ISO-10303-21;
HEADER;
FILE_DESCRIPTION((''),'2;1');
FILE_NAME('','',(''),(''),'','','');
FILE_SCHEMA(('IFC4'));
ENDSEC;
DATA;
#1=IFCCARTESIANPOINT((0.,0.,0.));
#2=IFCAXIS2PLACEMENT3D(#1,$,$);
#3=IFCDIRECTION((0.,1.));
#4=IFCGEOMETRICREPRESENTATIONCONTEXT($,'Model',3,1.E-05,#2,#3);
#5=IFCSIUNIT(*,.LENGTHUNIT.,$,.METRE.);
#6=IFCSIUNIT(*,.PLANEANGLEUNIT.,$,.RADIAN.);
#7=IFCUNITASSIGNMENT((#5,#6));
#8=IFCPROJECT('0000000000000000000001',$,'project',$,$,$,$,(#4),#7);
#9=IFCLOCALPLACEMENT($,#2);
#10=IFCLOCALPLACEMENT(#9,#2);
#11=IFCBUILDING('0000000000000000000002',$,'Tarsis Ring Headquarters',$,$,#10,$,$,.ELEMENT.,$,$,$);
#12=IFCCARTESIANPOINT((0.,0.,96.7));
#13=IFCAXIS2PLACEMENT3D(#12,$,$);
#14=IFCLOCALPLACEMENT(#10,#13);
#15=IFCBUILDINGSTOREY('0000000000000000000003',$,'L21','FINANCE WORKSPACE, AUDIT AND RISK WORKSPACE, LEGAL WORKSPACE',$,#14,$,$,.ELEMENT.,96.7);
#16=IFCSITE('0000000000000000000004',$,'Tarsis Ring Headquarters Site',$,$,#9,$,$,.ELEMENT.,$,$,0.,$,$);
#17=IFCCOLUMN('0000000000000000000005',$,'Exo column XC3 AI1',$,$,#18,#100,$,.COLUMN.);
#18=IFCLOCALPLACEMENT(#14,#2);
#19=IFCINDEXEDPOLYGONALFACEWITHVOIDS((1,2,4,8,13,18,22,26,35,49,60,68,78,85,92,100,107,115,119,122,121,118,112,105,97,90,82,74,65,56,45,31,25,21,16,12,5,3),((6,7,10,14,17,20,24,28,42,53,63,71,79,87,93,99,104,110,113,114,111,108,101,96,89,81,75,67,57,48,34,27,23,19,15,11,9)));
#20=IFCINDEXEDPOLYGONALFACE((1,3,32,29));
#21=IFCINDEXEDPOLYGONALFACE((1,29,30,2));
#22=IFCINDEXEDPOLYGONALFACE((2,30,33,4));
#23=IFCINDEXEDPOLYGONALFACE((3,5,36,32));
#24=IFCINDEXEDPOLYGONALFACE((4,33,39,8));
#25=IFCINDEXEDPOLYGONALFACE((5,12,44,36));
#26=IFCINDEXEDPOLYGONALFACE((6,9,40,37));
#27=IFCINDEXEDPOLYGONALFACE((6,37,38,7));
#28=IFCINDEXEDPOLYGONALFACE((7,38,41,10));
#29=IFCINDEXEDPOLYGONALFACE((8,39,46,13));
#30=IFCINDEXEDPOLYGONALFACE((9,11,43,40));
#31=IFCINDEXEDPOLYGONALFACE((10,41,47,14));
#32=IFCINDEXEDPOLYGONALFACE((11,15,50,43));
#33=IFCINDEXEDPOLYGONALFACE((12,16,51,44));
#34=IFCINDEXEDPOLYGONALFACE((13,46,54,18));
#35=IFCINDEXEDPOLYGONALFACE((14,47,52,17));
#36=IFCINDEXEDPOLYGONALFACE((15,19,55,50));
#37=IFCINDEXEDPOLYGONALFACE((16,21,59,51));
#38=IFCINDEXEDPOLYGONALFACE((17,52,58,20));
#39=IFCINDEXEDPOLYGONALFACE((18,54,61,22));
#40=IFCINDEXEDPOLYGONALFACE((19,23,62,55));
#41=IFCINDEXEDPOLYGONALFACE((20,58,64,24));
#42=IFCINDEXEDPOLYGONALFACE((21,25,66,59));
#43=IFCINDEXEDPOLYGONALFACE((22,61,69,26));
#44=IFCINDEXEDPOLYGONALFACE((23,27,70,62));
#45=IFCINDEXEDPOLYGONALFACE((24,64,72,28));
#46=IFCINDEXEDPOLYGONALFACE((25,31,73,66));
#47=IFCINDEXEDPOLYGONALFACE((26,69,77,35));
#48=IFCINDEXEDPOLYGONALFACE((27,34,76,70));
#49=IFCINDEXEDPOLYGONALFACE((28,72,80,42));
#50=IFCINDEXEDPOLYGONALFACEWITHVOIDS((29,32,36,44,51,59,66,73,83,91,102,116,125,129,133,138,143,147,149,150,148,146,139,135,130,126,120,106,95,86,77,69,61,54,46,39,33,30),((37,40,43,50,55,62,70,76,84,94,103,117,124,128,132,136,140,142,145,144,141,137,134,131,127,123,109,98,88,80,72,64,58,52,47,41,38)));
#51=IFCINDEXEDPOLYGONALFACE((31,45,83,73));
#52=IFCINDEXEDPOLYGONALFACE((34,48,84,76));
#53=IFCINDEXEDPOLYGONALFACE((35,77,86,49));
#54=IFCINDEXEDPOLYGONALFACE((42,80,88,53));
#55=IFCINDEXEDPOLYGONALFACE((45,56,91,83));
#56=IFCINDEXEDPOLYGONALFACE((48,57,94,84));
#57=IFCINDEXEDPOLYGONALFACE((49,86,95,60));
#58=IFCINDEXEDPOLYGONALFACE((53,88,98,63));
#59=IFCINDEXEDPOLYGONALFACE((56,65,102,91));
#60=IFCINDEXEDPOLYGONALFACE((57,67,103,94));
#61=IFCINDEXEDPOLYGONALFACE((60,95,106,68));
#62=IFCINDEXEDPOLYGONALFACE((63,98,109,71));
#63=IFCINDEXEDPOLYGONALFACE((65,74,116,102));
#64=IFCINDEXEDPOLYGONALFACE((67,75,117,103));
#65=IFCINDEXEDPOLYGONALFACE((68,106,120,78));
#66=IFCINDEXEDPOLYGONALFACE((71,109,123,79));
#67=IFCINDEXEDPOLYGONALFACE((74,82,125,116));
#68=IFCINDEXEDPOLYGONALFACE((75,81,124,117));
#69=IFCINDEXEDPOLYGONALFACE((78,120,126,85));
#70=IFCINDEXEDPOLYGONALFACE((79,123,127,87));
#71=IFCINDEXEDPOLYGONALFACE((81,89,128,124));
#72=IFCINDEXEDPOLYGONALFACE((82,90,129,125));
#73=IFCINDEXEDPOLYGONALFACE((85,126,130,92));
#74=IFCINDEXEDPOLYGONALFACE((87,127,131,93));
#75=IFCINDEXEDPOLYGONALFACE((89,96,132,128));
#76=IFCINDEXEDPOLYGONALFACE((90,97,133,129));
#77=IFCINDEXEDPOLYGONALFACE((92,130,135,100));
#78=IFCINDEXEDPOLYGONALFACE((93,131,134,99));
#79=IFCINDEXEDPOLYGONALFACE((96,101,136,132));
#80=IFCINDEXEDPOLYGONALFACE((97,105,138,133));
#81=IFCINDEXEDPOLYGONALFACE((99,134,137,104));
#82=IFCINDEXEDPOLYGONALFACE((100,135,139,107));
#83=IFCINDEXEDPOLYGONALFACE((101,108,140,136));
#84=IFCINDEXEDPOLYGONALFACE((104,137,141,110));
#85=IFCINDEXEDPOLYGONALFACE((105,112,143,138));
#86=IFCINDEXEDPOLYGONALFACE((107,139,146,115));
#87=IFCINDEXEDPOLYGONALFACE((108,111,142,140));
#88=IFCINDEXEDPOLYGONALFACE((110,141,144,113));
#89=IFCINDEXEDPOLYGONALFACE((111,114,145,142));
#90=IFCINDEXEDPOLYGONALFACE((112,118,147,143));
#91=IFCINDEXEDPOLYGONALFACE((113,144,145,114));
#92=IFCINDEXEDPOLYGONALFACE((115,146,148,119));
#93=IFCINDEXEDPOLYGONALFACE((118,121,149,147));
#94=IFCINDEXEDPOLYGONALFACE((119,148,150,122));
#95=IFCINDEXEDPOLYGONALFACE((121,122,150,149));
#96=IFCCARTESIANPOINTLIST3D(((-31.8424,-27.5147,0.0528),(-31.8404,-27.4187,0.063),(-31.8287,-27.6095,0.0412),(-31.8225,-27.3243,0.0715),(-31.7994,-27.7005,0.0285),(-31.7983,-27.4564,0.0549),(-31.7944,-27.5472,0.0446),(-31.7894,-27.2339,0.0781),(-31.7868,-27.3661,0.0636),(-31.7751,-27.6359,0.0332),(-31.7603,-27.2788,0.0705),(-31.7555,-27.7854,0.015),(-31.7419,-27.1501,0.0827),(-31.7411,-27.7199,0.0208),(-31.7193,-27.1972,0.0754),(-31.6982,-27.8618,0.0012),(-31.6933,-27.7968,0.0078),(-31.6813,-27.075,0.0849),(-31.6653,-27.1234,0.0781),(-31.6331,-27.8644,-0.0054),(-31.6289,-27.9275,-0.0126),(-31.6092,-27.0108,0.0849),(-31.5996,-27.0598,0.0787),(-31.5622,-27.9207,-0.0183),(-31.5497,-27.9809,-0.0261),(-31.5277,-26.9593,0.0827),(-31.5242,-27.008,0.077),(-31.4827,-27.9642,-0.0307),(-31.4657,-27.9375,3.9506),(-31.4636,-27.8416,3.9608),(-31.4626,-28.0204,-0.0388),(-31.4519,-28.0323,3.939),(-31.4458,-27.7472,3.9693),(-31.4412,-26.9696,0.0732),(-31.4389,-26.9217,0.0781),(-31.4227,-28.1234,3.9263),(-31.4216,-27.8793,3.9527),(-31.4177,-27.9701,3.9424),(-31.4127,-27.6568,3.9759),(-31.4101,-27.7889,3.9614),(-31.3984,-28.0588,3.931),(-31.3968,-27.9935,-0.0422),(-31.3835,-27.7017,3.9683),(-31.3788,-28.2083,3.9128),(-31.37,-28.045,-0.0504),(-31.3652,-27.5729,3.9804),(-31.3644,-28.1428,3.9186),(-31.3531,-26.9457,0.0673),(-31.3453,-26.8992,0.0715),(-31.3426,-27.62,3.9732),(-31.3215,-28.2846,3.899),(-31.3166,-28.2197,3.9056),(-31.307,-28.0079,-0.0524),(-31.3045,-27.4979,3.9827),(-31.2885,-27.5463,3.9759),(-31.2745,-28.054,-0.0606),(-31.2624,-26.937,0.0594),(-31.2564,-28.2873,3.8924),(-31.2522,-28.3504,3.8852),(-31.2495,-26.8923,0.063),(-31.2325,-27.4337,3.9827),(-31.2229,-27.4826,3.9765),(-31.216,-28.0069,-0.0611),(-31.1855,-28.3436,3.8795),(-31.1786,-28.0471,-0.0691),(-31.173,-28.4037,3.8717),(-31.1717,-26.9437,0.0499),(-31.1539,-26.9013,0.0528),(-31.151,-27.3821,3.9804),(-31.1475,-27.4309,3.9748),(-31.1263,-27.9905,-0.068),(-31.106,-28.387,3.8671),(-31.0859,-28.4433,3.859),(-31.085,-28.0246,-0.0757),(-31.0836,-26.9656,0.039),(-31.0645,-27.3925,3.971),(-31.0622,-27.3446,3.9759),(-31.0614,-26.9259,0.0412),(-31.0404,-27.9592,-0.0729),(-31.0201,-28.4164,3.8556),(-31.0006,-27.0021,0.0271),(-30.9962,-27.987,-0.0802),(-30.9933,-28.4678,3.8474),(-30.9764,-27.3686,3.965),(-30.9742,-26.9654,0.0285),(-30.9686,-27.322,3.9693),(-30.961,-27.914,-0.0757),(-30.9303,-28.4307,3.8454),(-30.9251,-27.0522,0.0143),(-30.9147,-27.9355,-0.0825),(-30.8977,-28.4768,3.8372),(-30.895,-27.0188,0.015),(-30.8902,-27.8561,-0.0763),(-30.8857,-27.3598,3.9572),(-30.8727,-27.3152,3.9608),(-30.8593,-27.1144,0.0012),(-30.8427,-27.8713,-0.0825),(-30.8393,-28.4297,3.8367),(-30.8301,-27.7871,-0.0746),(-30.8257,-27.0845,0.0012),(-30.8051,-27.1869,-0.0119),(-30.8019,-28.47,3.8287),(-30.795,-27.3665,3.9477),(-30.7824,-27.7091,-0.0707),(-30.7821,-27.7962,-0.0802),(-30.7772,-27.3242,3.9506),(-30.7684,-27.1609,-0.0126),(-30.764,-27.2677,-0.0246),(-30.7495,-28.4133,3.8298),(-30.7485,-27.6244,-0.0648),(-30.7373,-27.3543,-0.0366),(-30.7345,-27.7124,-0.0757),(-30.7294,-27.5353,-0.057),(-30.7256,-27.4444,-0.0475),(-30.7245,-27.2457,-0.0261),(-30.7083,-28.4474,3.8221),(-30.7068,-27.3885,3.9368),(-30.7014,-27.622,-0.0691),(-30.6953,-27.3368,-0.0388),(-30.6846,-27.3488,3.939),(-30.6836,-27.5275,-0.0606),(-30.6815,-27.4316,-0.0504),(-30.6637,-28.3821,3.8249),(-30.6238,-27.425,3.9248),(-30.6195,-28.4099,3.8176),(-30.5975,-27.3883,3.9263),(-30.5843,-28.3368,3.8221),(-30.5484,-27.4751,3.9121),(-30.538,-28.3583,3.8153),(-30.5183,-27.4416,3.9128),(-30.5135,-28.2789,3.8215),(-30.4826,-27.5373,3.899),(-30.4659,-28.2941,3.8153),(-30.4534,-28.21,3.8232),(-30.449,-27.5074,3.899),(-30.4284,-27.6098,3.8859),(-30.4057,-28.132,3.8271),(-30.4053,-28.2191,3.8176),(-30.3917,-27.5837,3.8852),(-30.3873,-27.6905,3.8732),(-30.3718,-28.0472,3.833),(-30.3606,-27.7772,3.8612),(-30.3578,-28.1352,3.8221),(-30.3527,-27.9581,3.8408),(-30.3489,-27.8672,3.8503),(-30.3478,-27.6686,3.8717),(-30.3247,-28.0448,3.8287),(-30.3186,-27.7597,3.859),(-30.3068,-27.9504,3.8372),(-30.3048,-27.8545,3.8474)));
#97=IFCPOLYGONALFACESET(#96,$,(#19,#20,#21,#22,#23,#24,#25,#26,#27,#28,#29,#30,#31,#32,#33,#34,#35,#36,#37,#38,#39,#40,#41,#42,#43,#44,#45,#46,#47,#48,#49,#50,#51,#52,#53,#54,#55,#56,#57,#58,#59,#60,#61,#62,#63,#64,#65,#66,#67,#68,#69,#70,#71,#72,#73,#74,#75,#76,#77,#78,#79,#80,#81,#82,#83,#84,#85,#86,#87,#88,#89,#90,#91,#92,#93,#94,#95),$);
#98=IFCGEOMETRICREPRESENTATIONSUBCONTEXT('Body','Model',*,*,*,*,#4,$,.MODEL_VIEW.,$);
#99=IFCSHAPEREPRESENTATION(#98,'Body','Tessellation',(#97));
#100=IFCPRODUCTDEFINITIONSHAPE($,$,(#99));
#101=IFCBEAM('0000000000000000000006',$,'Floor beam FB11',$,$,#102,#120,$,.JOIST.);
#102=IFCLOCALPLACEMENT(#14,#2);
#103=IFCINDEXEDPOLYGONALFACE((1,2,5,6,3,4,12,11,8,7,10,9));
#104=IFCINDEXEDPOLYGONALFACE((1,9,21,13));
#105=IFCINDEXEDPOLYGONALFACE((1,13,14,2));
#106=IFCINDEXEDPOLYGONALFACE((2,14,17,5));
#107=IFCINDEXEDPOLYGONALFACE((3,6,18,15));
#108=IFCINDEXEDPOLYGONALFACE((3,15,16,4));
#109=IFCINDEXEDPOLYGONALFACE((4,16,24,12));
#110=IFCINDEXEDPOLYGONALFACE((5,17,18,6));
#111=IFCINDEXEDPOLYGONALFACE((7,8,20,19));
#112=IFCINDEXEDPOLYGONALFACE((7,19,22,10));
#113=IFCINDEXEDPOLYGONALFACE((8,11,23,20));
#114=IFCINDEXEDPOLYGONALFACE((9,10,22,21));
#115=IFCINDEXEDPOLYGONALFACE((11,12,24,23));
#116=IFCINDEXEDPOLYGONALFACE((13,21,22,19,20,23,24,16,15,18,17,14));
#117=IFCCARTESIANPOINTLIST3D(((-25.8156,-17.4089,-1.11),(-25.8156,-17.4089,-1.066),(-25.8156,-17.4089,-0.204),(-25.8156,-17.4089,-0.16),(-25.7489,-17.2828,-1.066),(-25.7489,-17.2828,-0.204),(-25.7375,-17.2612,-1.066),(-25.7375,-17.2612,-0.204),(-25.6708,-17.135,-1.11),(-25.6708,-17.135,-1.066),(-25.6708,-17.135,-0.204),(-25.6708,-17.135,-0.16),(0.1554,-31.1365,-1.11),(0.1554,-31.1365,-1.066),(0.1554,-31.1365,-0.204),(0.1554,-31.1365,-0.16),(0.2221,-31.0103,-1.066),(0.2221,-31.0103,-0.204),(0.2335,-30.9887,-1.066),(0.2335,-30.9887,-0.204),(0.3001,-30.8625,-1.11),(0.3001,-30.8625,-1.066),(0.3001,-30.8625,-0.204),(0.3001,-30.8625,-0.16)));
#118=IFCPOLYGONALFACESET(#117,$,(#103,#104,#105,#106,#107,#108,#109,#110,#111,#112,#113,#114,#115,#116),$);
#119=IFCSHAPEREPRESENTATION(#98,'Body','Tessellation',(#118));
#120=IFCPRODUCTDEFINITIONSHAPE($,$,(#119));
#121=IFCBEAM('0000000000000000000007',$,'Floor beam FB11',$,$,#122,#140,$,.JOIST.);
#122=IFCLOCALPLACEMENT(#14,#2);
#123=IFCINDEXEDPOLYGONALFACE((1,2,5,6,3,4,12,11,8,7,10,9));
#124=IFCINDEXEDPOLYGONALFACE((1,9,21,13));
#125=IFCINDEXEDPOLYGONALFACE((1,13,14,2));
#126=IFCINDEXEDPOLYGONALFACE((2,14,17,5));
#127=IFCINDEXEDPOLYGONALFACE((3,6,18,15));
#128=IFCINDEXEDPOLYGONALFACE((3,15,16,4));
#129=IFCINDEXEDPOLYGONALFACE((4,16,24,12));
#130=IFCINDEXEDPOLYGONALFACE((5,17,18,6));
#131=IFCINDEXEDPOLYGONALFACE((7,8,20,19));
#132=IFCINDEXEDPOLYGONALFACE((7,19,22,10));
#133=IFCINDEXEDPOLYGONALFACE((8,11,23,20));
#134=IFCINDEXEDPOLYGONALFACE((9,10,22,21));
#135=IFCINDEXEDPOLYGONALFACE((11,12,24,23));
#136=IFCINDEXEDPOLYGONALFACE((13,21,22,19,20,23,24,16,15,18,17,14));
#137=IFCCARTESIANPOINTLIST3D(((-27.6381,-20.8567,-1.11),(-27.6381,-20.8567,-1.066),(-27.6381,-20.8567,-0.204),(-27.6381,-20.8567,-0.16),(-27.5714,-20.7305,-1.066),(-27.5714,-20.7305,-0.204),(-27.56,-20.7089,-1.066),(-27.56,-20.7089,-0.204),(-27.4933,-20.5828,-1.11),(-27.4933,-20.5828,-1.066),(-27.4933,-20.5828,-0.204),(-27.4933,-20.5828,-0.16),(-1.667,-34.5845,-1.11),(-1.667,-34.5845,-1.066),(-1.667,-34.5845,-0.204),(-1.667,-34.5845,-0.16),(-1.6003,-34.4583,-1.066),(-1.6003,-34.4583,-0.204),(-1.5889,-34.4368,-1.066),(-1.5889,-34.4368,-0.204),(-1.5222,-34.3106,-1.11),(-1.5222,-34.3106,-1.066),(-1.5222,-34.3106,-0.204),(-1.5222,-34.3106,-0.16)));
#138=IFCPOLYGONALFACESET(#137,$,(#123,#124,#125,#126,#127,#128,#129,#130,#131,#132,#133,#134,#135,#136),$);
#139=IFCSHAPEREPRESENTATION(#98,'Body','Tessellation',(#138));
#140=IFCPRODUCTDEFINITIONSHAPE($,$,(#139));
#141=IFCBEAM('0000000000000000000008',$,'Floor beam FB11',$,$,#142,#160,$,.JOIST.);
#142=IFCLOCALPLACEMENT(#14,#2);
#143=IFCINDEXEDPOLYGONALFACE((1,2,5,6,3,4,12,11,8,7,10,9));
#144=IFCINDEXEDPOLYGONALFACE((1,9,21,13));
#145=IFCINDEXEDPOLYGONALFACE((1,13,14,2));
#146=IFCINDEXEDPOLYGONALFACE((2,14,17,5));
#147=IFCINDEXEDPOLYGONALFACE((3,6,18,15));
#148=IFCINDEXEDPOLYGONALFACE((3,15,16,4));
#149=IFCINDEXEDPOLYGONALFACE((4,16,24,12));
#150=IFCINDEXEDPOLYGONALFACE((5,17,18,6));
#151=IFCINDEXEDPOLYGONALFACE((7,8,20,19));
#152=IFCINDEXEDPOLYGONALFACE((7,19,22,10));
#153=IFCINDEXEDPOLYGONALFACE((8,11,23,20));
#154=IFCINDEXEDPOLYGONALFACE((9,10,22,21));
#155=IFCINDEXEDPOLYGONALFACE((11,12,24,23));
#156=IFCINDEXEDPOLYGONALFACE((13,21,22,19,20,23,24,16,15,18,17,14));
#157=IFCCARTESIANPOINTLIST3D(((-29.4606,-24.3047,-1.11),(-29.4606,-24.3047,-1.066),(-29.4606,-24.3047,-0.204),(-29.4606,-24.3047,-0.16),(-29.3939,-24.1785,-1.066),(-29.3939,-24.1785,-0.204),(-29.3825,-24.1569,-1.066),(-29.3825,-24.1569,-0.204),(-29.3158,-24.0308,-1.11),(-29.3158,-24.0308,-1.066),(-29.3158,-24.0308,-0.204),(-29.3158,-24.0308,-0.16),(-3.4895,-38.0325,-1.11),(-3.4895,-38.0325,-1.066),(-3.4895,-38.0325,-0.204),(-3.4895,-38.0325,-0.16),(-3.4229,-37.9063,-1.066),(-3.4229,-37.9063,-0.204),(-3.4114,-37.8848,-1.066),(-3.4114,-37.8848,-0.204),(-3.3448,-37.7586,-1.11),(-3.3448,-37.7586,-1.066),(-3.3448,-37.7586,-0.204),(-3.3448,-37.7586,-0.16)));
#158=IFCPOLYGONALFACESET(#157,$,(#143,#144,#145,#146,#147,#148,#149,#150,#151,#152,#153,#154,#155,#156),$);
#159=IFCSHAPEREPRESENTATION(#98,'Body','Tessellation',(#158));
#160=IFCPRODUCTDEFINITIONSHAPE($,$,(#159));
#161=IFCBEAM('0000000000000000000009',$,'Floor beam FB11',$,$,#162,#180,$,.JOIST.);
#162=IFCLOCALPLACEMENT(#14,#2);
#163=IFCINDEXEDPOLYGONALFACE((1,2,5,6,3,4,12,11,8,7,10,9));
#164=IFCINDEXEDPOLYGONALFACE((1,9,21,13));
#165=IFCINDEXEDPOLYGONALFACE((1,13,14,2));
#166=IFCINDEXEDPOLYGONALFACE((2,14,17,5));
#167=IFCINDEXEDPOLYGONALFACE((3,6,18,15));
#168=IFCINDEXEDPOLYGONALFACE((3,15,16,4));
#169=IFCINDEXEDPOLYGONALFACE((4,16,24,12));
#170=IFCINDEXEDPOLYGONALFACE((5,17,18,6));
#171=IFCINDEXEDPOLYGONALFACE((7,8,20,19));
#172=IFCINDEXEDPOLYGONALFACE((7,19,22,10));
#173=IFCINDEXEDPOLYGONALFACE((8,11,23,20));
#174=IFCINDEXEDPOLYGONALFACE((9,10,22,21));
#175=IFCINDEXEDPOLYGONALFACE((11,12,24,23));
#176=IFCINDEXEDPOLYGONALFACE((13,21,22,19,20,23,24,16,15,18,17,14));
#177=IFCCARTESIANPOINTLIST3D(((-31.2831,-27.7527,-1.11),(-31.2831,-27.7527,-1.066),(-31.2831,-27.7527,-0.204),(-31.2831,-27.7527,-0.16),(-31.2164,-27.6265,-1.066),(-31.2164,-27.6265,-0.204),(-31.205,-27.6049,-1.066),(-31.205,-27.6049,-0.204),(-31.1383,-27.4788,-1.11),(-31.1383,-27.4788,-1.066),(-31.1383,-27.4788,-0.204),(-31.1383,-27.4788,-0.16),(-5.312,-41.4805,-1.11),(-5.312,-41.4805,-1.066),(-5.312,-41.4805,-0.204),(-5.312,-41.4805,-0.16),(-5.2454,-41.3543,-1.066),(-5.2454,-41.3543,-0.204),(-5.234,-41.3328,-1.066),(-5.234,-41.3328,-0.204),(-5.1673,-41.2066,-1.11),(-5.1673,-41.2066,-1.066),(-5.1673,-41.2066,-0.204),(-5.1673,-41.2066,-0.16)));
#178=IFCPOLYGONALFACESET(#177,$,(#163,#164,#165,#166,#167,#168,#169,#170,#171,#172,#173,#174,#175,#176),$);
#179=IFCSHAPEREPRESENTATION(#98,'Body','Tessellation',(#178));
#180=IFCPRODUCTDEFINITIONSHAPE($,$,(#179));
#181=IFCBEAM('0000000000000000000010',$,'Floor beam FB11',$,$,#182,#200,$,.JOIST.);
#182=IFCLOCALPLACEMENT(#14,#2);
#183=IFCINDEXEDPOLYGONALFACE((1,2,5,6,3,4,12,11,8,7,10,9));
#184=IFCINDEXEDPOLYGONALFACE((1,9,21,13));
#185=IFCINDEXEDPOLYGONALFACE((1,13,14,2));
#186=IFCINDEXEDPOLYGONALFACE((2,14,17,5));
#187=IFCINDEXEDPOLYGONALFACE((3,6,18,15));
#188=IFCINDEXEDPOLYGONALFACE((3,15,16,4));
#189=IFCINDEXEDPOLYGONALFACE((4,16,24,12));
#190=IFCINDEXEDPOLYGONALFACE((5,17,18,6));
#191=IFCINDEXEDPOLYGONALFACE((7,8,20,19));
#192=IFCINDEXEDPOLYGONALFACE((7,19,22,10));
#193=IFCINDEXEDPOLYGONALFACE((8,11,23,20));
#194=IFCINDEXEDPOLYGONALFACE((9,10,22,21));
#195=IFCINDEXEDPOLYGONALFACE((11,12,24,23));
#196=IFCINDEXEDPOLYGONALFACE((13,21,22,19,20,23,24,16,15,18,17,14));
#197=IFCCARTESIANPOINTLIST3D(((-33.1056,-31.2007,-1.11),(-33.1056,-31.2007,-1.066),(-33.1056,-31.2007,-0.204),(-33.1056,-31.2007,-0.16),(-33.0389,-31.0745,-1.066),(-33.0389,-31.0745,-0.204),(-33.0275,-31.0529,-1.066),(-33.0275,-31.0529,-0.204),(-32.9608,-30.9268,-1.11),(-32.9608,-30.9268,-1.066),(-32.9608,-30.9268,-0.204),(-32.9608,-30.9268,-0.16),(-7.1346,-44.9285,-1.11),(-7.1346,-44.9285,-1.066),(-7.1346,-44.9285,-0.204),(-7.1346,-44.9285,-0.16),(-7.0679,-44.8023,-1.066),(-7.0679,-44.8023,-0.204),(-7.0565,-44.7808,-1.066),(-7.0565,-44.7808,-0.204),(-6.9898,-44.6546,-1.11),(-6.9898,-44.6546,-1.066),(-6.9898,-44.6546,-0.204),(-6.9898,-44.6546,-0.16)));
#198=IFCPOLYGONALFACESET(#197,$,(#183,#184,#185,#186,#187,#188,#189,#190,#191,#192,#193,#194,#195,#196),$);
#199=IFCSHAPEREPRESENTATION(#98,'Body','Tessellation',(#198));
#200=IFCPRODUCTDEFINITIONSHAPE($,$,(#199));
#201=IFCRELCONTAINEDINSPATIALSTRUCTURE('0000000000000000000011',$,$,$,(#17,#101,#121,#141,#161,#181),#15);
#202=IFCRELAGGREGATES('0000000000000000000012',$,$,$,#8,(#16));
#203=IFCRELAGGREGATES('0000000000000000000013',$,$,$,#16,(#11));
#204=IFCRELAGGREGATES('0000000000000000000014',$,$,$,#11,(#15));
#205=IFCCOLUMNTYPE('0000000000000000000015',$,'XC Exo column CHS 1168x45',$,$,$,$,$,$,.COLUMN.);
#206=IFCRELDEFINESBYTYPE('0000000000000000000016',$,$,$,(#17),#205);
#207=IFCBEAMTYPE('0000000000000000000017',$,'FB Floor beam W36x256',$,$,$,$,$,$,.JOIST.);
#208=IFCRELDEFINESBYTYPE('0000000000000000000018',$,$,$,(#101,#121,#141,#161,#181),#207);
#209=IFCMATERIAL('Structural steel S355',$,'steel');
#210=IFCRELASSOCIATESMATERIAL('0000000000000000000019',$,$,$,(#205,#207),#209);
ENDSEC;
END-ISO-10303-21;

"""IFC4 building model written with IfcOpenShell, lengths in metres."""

from ifc_helpers import new_model, si_unit, direction, frame, origin, origin_2d, place, context, subcontext, project, spatial, hollow_circle, i_section, extrude, material, material_profile, profile_set, type_object, element, save


model = new_model("IFC4")

# Units and contexts
model_context = context("Model", 3, precision=1e-05, world=origin(), true_north=direction((0.0, 1.0)))
body_context = subcontext(model_context, "Body", "Model", "MODEL_VIEW")
ifc_project = project(units=[si_unit("LENGTHUNIT", "METRE"), si_unit("PLANEANGLEUNIT", "RADIAN")], contexts=[model_context])

# Site, building, storey
site_placement = place(None, origin())
site = spatial("IfcSite", under=ifc_project, at=site_placement, Name="Tarsis Ring Headquarters Site", CompositionType="ELEMENT", RefElevation=0.0)
building_placement = place(site_placement, origin())
building = spatial("IfcBuilding", under=site, at=building_placement, Name="Tarsis Ring Headquarters", CompositionType="ELEMENT")
storey_placement = place(building_placement, frame((0.0, 0.0, 96.7)))
storey = spatial("IfcBuildingStorey", under=building, at=storey_placement, Name="L21", Description="FINANCE WORKSPACE, AUDIT AND RISK WORKSPACE, LEGAL WORKSPACE", CompositionType="ELEMENT", Elevation=96.7)

# Column
ifc_material_1 = material(Name="Structural steel S355", Category="steel")
ifc_material_profile_1 = material_profile(ifc_material_1, hollow_circle(Radius=0.5842, WallThickness=0.0449, at=origin_2d()), Name="CHS 1168x45")
ifc_profile_set_1 = profile_set([ifc_material_profile_1], Name="Structural steel S355")
column_type = type_object("IfcColumnType", Name="XC Exo column CHS 1168x45", PredefinedType="COLUMN", material=ifc_profile_set_1)
column_placement = place(storey_placement, frame((-31.262, -27.4731, 0.0012), z_axis=(0.095645, -0.10736, 0.989609), x_axis=(0.746672, 0.665193, 0.0)))
element("IfcColumn", 1, at=column_placement, inside=storey, type_object=column_type, Name="Exo column XC3 AI1", PredefinedType="COLUMN", context=body_context, shape_type="SweptSolid", body=[
    extrude(hollow_circle(Radius=0.5842, WallThickness=0.0449, at=origin_2d()), origin(), (0.0, 0.0, 1.0), 3.9387),
])

# Beams
ifc_material_profile_2 = material_profile(ifc_material_1, i_section(OverallWidth=0.3098, OverallDepth=0.95, WebThickness=0.0244, FlangeThickness=0.0439, at=origin_2d()), Name="W36x256")
ifc_profile_set_2 = profile_set([ifc_material_profile_2], Name="Structural steel S355")
beam_type_1 = type_object("IfcBeamType", Name="FB Floor beam W36x256", PredefinedType="JOIST", material=ifc_profile_set_2)
beam_1_placement = place(storey_placement, frame((-25.7432, -17.272, -0.635), z_axis=(0.884094, -0.467308, 0.0), x_axis=(0.467308, 0.884094, 0.0)))
element("IfcBeam", 2, at=beam_1_placement, inside=storey, type_object=beam_type_1, Name="Floor beam FB11", PredefinedType="JOIST", context=body_context, shape_type="SweptSolid", body=[
    extrude(i_section(OverallWidth=0.3098, OverallDepth=0.95, WebThickness=0.0244, FlangeThickness=0.0439, at=origin_2d()), origin(), (0.0, 0.0, 1.0), 29.3757),
])
for number, where, z_axis, x_axis, name in (
    (3, (-27.5657, -20.7197, -0.635), (0.884091, -0.467315, 0.0), (0.467315, 0.884091, 0.0), "Floor beam FB11"),
    (4, (-29.3882, -24.1677, -0.635), (0.884091, -0.467315, 0.0), (0.467315, 0.884091, 0.0), "Floor beam FB11"),
    (5, (-31.2107, -27.6157, -0.635), (0.884091, -0.467315, 0.0), (0.467315, 0.884091, 0.0), "Floor beam FB11"),
    (6, (-33.0332, -31.0637, -0.635), (0.884091, -0.467315, 0.0), (0.467315, 0.884091, 0.0), "Floor beam FB11"),
):
    element("IfcBeam", number, at=place(storey_placement, frame(where, z_axis=z_axis, x_axis=x_axis)), inside=storey, type_object=beam_type_1, Name=name, PredefinedType="JOIST", context=body_context, shape_type="SweptSolid", body=[
        extrude(i_section(OverallWidth=0.3098, OverallDepth=0.95, WebThickness=0.0244, FlangeThickness=0.0439, at=origin_2d()), origin(), (0.0, 0.0, 1.0), 29.376),
    ])

save(model, "model.ifc")
